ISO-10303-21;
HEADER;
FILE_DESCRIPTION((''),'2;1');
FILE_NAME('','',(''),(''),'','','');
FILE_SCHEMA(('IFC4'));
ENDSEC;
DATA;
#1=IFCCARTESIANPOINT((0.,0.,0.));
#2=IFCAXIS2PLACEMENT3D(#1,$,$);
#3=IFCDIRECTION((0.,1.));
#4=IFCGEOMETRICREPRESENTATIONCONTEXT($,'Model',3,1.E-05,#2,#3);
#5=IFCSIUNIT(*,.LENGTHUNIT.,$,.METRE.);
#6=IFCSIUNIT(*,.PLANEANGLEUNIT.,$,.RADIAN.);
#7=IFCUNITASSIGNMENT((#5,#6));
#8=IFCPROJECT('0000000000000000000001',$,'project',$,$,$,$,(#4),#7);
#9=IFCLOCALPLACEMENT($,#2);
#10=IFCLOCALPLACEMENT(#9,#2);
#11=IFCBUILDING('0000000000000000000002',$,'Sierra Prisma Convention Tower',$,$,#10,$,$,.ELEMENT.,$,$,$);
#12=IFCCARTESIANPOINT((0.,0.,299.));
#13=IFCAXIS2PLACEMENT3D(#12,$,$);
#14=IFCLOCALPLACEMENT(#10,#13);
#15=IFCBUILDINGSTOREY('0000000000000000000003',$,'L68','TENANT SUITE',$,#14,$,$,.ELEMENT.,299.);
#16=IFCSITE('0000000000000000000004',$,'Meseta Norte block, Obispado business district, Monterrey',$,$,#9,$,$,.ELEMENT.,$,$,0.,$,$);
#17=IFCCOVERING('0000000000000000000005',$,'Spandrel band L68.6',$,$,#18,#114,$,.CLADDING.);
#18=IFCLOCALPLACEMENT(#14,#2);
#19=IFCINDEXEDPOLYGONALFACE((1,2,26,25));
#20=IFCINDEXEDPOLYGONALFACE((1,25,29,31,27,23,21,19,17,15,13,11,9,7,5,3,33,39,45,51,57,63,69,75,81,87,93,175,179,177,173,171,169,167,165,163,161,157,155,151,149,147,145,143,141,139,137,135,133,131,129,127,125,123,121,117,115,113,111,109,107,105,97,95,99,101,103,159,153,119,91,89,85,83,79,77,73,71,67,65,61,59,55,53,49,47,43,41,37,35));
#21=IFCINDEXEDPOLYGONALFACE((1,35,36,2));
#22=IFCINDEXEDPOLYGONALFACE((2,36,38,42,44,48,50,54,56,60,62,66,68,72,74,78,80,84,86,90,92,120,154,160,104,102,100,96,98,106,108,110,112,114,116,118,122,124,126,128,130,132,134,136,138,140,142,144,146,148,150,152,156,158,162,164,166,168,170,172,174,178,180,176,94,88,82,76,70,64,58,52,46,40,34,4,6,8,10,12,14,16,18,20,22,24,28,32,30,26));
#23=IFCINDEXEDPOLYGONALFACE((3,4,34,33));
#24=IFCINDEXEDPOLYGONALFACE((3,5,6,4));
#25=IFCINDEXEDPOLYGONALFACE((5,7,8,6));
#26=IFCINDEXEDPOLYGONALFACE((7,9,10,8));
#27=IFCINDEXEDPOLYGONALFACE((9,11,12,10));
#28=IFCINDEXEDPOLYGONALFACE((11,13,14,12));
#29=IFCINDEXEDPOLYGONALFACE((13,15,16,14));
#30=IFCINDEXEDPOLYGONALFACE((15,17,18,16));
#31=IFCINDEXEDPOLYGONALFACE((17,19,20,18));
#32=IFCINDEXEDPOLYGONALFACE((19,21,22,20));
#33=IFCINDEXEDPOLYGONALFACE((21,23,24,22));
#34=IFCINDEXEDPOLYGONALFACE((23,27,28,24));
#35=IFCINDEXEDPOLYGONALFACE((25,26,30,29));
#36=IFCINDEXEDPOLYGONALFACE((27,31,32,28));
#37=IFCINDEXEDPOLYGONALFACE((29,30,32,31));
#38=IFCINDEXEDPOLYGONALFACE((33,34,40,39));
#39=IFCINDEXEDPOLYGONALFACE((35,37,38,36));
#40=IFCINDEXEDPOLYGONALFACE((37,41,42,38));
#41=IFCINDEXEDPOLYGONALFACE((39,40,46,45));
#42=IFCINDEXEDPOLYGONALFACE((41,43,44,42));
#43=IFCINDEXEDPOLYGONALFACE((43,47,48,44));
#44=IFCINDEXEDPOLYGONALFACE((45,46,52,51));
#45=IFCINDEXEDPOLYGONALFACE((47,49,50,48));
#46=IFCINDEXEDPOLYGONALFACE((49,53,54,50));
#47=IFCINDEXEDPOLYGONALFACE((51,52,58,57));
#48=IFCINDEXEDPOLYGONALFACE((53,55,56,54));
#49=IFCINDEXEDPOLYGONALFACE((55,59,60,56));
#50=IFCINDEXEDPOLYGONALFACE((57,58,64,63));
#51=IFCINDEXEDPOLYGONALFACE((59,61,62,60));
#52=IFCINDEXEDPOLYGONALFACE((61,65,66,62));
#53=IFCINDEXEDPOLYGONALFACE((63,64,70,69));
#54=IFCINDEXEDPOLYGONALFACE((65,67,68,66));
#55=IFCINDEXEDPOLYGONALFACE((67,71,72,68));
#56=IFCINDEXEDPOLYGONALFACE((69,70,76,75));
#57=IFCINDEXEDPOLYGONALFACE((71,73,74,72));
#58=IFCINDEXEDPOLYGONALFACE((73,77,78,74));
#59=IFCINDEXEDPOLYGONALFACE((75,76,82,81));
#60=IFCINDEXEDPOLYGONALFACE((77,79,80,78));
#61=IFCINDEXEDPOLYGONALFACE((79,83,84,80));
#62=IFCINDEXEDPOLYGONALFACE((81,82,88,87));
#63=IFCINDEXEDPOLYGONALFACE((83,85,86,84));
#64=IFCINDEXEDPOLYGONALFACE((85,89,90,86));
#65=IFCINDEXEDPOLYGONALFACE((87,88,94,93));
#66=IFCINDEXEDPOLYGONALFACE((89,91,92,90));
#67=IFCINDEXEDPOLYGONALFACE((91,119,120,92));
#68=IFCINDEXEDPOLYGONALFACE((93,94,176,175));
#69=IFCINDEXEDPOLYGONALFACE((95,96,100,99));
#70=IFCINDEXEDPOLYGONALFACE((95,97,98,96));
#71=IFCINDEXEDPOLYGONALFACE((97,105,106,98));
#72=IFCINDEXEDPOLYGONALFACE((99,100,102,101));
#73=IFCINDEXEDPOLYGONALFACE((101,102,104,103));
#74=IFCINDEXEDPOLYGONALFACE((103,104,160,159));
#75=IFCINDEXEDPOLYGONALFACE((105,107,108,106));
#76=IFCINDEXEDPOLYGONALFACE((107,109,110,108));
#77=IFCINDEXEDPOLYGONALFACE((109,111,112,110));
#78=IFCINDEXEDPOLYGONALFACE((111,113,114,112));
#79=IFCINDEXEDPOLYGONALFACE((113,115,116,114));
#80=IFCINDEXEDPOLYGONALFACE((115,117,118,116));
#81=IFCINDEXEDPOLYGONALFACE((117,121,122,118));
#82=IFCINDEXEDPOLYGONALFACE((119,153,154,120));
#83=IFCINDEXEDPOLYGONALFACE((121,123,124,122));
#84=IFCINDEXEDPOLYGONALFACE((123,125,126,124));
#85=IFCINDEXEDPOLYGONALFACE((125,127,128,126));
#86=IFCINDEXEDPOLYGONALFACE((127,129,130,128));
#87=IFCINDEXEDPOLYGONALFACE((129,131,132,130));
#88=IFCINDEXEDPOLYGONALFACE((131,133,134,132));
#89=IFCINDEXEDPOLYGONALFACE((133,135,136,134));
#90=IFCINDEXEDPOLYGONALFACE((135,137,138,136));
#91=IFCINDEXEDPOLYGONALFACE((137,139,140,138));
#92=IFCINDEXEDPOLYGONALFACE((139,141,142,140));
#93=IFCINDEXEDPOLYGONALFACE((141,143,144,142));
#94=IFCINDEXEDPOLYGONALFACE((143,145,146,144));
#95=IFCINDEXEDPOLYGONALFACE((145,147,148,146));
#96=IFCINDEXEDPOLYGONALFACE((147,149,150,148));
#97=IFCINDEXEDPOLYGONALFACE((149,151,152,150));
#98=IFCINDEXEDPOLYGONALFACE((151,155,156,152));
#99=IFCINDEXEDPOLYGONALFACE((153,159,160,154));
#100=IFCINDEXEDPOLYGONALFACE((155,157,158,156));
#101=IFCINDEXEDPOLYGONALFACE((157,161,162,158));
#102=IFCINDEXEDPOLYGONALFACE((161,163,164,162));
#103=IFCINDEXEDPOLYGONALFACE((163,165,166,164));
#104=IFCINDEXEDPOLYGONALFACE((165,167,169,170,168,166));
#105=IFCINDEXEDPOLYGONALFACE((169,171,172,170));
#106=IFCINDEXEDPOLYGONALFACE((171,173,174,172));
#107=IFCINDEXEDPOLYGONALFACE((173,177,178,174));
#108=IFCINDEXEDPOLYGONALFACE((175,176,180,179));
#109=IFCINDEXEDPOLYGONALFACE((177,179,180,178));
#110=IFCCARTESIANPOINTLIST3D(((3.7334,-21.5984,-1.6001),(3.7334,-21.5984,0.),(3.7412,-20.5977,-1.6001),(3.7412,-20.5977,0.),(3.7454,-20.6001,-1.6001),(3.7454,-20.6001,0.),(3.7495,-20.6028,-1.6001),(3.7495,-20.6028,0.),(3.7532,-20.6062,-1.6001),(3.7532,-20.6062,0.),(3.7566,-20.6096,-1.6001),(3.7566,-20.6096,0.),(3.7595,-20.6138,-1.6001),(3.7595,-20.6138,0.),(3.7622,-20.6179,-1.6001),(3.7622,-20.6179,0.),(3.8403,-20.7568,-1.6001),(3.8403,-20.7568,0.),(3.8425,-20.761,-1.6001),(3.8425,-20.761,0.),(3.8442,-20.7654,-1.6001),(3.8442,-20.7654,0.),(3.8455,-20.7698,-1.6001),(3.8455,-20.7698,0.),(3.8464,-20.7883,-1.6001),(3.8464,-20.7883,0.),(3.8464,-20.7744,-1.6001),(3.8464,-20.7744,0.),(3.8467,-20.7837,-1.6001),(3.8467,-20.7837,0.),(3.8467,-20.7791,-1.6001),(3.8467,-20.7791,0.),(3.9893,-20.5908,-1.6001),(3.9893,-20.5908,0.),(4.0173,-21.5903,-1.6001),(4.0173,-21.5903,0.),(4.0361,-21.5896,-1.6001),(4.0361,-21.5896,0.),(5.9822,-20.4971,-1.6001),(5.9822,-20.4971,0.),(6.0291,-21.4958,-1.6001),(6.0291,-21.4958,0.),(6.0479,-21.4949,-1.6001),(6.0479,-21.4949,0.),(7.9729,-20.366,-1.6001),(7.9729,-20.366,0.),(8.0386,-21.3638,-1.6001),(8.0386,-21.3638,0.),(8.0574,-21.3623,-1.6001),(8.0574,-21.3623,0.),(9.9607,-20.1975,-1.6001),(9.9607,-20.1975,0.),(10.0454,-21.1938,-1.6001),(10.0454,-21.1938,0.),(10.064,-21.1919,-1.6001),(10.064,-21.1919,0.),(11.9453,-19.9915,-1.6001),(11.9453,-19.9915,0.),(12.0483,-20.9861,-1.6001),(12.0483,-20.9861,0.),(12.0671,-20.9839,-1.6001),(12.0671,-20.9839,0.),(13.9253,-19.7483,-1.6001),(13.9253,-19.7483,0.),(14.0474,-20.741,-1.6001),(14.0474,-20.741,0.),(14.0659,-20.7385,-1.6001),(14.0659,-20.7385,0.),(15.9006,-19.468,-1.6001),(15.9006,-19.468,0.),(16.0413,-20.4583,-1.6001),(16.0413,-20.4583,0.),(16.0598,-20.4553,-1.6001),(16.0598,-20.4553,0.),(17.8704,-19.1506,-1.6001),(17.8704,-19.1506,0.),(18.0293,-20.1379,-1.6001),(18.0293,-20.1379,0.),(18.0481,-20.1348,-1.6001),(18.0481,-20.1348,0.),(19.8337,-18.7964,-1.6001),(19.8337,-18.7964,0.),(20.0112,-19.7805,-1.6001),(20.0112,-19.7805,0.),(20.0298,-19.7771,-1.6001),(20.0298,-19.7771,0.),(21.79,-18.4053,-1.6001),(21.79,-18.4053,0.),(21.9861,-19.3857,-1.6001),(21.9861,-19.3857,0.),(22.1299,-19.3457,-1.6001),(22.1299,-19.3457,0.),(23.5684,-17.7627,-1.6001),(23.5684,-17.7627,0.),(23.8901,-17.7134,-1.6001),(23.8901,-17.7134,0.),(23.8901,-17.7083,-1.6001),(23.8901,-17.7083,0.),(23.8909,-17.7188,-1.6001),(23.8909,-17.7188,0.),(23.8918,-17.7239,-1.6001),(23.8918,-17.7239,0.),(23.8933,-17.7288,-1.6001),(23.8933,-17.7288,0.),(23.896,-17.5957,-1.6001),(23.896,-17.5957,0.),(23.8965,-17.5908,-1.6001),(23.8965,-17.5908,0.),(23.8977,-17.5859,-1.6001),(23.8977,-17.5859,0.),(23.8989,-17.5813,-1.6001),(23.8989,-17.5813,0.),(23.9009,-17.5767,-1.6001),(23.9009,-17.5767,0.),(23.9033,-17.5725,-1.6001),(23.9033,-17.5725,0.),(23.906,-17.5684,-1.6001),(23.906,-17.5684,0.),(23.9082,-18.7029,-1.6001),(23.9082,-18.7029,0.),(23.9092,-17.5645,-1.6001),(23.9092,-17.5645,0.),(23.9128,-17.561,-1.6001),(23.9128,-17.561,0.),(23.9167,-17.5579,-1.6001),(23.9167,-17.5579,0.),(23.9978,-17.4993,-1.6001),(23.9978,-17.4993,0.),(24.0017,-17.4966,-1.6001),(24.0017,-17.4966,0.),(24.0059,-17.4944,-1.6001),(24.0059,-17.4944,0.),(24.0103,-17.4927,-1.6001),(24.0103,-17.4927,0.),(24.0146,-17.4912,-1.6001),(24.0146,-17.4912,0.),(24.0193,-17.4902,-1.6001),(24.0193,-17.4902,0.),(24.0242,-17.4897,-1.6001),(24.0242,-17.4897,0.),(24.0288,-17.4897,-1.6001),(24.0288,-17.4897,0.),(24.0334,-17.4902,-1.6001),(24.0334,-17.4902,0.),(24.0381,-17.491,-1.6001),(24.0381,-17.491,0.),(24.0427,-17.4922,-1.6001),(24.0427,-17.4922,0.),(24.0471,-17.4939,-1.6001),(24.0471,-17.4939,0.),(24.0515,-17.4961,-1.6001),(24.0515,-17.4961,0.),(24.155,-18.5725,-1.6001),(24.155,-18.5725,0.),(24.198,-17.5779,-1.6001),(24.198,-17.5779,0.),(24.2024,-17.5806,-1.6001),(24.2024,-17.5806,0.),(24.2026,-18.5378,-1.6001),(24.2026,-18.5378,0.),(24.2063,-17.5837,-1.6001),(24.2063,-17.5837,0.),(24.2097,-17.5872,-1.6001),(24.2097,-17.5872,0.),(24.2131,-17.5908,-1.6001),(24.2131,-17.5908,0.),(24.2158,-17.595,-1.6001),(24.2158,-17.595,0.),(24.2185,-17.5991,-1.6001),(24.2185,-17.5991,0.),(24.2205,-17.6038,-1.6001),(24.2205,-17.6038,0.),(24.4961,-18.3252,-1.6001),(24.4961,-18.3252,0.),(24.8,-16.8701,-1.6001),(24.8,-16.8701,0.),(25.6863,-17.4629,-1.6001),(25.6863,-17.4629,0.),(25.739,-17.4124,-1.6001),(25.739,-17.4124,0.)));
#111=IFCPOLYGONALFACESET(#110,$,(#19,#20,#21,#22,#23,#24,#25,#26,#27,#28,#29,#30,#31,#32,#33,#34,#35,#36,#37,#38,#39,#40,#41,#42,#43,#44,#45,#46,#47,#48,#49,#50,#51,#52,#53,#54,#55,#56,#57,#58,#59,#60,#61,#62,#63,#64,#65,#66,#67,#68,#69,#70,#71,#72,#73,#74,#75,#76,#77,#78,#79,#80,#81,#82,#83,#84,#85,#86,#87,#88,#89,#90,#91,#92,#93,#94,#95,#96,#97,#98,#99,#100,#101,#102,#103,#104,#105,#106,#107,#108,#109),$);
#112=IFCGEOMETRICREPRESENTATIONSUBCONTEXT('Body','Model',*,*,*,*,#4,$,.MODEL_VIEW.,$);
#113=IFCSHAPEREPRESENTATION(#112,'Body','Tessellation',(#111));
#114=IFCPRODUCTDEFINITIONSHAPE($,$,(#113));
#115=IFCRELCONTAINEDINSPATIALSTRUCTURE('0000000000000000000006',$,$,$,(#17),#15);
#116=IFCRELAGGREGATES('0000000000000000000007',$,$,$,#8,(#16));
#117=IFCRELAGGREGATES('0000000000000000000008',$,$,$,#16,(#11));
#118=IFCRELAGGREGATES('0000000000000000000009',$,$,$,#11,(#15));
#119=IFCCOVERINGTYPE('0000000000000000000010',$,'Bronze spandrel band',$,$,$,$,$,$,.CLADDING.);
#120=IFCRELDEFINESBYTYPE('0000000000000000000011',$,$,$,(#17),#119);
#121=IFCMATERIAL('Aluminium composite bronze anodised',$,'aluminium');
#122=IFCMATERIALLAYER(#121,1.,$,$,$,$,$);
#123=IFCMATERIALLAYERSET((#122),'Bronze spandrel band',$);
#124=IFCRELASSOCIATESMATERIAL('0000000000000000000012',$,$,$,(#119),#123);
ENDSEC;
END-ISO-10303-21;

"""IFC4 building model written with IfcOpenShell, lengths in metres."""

from ifc_helpers import new_model, si_unit, direction, frame, origin, place, context, subcontext, project, spatial, polyline, outline, extrude, material, layer, layer_set, type_object, element, save


model = new_model("IFC4")

# Units and contexts
model_context = context("Model", 3, precision=1e-05, world=origin(), true_north=direction((0.0, 1.0)))
body_context = subcontext(model_context, "Body", "Model", "MODEL_VIEW")
ifc_project = project(units=[si_unit("LENGTHUNIT", "METRE"), si_unit("PLANEANGLEUNIT", "RADIAN")], contexts=[model_context])

# Site, building, storey
site_placement = place(None, origin())
site = spatial("IfcSite", under=ifc_project, at=site_placement, Name="Meseta Norte block, Obispado business district, Monterrey", CompositionType="ELEMENT", RefElevation=0.0)
building_placement = place(site_placement, origin())
building = spatial("IfcBuilding", under=site, at=building_placement, Name="Sierra Prisma Convention Tower", CompositionType="ELEMENT")
storey_placement = place(building_placement, frame((0.0, 0.0, 299.0)))
storey = spatial("IfcBuildingStorey", under=building, at=storey_placement, Name="L68", Description="TENANT SUITE", CompositionType="ELEMENT", Elevation=299.0)

# Covering
ifc_material_1 = material(Name="Aluminium composite bronze anodised", Category="aluminium")
ifc_layer_1 = layer(ifc_material_1, 1.0)
ifc_layer_set_1 = layer_set([ifc_layer_1], Name="Bronze spandrel band")
covering_type_1 = type_object("IfcCoveringType", Name="Bronze spandrel band", PredefinedType="CLADDING", material=ifc_layer_set_1)
covering_1_placement = place(storey_placement, frame((0.0, 0.0, -1.6001)))
element("IfcCovering", 1, at=covering_1_placement, inside=storey, type_object=covering_type_1, Name="Spandrel band L68.6", PredefinedType="CLADDING", context=body_context, shape_type="SweptSolid", body=[
    extrude(outline(polyline([(24.2185, -17.5991), (24.2158, -17.595), (24.2131, -17.5908), (24.2097, -17.5872), (24.2063, -17.5837), (24.2024, -17.5806), (24.198, -17.5779), (24.0515, -17.4961), (24.0471, -17.4939), (24.0427, -17.4922), (24.0381, -17.491), (24.0334, -17.4902), (24.0288, -17.4897), (24.0242, -17.4897), (24.0193, -17.4902), (24.0146, -17.4912), (24.0103, -17.4927), (24.0059, -17.4944), (24.0017, -17.4966), (23.9978, -17.4993), (23.9167, -17.5579), (23.9128, -17.561), (23.9092, -17.5645), (23.906, -17.5684), (23.9033, -17.5725), (23.9009, -17.5767), (23.8989, -17.5813), (23.8977, -17.5859), (23.8965, -17.5908), (23.896, -17.5957), (23.8901, -17.7083), (23.8901, -17.7134), (23.8909, -17.7188), (23.8918, -17.7239), (23.8933, -17.7288), (24.2026, -18.5378), (24.155, -18.5725), (23.9082, -18.7029), (22.1299, -19.3457), (21.9861, -19.3857), (20.0298, -19.7771), (20.0112, -19.7805), (18.0481, -20.1348), (18.0293, -20.1379), (16.0598, -20.4553), (16.0413, -20.4583), (14.0659, -20.7385), (14.0474, -20.741), (12.0671, -20.9839), (12.0483, -20.9861), (10.064, -21.1919), (10.0454, -21.1938), (8.0574, -21.3623), (8.0386, -21.3638), (6.0479, -21.4949), (6.0291, -21.4958), (4.0361, -21.5896), (4.0173, -21.5903), (3.7334, -21.5984), (3.8464, -20.7883), (3.8467, -20.7837), (3.8467, -20.7791), (3.8464, -20.7744), (3.8455, -20.7698), (3.8442, -20.7654), (3.8425, -20.761), (3.8403, -20.7568), (3.7622, -20.6179), (3.7595, -20.6138), (3.7566, -20.6096), (3.7532, -20.6062), (3.7495, -20.6028), (3.7454, -20.6001), (3.7412, -20.5977), (3.9893, -20.5908), (5.9822, -20.4971), (7.9729, -20.366), (9.9607, -20.1975), (11.9453, -19.9915), (13.9253, -19.7483), (15.9006, -19.468), (17.8704, -19.1506), (19.8337, -18.7964), (21.79, -18.4053), (23.5684, -17.7627), (24.8, -16.8701), (25.739, -17.4124), (25.6863, -17.4629), (24.4961, -18.3252), (24.2205, -17.6038), (24.2185, -17.5991)])), origin(), (0.0, 0.0, 1.0), 1.6001),
])

save(model, "model.ifc")
